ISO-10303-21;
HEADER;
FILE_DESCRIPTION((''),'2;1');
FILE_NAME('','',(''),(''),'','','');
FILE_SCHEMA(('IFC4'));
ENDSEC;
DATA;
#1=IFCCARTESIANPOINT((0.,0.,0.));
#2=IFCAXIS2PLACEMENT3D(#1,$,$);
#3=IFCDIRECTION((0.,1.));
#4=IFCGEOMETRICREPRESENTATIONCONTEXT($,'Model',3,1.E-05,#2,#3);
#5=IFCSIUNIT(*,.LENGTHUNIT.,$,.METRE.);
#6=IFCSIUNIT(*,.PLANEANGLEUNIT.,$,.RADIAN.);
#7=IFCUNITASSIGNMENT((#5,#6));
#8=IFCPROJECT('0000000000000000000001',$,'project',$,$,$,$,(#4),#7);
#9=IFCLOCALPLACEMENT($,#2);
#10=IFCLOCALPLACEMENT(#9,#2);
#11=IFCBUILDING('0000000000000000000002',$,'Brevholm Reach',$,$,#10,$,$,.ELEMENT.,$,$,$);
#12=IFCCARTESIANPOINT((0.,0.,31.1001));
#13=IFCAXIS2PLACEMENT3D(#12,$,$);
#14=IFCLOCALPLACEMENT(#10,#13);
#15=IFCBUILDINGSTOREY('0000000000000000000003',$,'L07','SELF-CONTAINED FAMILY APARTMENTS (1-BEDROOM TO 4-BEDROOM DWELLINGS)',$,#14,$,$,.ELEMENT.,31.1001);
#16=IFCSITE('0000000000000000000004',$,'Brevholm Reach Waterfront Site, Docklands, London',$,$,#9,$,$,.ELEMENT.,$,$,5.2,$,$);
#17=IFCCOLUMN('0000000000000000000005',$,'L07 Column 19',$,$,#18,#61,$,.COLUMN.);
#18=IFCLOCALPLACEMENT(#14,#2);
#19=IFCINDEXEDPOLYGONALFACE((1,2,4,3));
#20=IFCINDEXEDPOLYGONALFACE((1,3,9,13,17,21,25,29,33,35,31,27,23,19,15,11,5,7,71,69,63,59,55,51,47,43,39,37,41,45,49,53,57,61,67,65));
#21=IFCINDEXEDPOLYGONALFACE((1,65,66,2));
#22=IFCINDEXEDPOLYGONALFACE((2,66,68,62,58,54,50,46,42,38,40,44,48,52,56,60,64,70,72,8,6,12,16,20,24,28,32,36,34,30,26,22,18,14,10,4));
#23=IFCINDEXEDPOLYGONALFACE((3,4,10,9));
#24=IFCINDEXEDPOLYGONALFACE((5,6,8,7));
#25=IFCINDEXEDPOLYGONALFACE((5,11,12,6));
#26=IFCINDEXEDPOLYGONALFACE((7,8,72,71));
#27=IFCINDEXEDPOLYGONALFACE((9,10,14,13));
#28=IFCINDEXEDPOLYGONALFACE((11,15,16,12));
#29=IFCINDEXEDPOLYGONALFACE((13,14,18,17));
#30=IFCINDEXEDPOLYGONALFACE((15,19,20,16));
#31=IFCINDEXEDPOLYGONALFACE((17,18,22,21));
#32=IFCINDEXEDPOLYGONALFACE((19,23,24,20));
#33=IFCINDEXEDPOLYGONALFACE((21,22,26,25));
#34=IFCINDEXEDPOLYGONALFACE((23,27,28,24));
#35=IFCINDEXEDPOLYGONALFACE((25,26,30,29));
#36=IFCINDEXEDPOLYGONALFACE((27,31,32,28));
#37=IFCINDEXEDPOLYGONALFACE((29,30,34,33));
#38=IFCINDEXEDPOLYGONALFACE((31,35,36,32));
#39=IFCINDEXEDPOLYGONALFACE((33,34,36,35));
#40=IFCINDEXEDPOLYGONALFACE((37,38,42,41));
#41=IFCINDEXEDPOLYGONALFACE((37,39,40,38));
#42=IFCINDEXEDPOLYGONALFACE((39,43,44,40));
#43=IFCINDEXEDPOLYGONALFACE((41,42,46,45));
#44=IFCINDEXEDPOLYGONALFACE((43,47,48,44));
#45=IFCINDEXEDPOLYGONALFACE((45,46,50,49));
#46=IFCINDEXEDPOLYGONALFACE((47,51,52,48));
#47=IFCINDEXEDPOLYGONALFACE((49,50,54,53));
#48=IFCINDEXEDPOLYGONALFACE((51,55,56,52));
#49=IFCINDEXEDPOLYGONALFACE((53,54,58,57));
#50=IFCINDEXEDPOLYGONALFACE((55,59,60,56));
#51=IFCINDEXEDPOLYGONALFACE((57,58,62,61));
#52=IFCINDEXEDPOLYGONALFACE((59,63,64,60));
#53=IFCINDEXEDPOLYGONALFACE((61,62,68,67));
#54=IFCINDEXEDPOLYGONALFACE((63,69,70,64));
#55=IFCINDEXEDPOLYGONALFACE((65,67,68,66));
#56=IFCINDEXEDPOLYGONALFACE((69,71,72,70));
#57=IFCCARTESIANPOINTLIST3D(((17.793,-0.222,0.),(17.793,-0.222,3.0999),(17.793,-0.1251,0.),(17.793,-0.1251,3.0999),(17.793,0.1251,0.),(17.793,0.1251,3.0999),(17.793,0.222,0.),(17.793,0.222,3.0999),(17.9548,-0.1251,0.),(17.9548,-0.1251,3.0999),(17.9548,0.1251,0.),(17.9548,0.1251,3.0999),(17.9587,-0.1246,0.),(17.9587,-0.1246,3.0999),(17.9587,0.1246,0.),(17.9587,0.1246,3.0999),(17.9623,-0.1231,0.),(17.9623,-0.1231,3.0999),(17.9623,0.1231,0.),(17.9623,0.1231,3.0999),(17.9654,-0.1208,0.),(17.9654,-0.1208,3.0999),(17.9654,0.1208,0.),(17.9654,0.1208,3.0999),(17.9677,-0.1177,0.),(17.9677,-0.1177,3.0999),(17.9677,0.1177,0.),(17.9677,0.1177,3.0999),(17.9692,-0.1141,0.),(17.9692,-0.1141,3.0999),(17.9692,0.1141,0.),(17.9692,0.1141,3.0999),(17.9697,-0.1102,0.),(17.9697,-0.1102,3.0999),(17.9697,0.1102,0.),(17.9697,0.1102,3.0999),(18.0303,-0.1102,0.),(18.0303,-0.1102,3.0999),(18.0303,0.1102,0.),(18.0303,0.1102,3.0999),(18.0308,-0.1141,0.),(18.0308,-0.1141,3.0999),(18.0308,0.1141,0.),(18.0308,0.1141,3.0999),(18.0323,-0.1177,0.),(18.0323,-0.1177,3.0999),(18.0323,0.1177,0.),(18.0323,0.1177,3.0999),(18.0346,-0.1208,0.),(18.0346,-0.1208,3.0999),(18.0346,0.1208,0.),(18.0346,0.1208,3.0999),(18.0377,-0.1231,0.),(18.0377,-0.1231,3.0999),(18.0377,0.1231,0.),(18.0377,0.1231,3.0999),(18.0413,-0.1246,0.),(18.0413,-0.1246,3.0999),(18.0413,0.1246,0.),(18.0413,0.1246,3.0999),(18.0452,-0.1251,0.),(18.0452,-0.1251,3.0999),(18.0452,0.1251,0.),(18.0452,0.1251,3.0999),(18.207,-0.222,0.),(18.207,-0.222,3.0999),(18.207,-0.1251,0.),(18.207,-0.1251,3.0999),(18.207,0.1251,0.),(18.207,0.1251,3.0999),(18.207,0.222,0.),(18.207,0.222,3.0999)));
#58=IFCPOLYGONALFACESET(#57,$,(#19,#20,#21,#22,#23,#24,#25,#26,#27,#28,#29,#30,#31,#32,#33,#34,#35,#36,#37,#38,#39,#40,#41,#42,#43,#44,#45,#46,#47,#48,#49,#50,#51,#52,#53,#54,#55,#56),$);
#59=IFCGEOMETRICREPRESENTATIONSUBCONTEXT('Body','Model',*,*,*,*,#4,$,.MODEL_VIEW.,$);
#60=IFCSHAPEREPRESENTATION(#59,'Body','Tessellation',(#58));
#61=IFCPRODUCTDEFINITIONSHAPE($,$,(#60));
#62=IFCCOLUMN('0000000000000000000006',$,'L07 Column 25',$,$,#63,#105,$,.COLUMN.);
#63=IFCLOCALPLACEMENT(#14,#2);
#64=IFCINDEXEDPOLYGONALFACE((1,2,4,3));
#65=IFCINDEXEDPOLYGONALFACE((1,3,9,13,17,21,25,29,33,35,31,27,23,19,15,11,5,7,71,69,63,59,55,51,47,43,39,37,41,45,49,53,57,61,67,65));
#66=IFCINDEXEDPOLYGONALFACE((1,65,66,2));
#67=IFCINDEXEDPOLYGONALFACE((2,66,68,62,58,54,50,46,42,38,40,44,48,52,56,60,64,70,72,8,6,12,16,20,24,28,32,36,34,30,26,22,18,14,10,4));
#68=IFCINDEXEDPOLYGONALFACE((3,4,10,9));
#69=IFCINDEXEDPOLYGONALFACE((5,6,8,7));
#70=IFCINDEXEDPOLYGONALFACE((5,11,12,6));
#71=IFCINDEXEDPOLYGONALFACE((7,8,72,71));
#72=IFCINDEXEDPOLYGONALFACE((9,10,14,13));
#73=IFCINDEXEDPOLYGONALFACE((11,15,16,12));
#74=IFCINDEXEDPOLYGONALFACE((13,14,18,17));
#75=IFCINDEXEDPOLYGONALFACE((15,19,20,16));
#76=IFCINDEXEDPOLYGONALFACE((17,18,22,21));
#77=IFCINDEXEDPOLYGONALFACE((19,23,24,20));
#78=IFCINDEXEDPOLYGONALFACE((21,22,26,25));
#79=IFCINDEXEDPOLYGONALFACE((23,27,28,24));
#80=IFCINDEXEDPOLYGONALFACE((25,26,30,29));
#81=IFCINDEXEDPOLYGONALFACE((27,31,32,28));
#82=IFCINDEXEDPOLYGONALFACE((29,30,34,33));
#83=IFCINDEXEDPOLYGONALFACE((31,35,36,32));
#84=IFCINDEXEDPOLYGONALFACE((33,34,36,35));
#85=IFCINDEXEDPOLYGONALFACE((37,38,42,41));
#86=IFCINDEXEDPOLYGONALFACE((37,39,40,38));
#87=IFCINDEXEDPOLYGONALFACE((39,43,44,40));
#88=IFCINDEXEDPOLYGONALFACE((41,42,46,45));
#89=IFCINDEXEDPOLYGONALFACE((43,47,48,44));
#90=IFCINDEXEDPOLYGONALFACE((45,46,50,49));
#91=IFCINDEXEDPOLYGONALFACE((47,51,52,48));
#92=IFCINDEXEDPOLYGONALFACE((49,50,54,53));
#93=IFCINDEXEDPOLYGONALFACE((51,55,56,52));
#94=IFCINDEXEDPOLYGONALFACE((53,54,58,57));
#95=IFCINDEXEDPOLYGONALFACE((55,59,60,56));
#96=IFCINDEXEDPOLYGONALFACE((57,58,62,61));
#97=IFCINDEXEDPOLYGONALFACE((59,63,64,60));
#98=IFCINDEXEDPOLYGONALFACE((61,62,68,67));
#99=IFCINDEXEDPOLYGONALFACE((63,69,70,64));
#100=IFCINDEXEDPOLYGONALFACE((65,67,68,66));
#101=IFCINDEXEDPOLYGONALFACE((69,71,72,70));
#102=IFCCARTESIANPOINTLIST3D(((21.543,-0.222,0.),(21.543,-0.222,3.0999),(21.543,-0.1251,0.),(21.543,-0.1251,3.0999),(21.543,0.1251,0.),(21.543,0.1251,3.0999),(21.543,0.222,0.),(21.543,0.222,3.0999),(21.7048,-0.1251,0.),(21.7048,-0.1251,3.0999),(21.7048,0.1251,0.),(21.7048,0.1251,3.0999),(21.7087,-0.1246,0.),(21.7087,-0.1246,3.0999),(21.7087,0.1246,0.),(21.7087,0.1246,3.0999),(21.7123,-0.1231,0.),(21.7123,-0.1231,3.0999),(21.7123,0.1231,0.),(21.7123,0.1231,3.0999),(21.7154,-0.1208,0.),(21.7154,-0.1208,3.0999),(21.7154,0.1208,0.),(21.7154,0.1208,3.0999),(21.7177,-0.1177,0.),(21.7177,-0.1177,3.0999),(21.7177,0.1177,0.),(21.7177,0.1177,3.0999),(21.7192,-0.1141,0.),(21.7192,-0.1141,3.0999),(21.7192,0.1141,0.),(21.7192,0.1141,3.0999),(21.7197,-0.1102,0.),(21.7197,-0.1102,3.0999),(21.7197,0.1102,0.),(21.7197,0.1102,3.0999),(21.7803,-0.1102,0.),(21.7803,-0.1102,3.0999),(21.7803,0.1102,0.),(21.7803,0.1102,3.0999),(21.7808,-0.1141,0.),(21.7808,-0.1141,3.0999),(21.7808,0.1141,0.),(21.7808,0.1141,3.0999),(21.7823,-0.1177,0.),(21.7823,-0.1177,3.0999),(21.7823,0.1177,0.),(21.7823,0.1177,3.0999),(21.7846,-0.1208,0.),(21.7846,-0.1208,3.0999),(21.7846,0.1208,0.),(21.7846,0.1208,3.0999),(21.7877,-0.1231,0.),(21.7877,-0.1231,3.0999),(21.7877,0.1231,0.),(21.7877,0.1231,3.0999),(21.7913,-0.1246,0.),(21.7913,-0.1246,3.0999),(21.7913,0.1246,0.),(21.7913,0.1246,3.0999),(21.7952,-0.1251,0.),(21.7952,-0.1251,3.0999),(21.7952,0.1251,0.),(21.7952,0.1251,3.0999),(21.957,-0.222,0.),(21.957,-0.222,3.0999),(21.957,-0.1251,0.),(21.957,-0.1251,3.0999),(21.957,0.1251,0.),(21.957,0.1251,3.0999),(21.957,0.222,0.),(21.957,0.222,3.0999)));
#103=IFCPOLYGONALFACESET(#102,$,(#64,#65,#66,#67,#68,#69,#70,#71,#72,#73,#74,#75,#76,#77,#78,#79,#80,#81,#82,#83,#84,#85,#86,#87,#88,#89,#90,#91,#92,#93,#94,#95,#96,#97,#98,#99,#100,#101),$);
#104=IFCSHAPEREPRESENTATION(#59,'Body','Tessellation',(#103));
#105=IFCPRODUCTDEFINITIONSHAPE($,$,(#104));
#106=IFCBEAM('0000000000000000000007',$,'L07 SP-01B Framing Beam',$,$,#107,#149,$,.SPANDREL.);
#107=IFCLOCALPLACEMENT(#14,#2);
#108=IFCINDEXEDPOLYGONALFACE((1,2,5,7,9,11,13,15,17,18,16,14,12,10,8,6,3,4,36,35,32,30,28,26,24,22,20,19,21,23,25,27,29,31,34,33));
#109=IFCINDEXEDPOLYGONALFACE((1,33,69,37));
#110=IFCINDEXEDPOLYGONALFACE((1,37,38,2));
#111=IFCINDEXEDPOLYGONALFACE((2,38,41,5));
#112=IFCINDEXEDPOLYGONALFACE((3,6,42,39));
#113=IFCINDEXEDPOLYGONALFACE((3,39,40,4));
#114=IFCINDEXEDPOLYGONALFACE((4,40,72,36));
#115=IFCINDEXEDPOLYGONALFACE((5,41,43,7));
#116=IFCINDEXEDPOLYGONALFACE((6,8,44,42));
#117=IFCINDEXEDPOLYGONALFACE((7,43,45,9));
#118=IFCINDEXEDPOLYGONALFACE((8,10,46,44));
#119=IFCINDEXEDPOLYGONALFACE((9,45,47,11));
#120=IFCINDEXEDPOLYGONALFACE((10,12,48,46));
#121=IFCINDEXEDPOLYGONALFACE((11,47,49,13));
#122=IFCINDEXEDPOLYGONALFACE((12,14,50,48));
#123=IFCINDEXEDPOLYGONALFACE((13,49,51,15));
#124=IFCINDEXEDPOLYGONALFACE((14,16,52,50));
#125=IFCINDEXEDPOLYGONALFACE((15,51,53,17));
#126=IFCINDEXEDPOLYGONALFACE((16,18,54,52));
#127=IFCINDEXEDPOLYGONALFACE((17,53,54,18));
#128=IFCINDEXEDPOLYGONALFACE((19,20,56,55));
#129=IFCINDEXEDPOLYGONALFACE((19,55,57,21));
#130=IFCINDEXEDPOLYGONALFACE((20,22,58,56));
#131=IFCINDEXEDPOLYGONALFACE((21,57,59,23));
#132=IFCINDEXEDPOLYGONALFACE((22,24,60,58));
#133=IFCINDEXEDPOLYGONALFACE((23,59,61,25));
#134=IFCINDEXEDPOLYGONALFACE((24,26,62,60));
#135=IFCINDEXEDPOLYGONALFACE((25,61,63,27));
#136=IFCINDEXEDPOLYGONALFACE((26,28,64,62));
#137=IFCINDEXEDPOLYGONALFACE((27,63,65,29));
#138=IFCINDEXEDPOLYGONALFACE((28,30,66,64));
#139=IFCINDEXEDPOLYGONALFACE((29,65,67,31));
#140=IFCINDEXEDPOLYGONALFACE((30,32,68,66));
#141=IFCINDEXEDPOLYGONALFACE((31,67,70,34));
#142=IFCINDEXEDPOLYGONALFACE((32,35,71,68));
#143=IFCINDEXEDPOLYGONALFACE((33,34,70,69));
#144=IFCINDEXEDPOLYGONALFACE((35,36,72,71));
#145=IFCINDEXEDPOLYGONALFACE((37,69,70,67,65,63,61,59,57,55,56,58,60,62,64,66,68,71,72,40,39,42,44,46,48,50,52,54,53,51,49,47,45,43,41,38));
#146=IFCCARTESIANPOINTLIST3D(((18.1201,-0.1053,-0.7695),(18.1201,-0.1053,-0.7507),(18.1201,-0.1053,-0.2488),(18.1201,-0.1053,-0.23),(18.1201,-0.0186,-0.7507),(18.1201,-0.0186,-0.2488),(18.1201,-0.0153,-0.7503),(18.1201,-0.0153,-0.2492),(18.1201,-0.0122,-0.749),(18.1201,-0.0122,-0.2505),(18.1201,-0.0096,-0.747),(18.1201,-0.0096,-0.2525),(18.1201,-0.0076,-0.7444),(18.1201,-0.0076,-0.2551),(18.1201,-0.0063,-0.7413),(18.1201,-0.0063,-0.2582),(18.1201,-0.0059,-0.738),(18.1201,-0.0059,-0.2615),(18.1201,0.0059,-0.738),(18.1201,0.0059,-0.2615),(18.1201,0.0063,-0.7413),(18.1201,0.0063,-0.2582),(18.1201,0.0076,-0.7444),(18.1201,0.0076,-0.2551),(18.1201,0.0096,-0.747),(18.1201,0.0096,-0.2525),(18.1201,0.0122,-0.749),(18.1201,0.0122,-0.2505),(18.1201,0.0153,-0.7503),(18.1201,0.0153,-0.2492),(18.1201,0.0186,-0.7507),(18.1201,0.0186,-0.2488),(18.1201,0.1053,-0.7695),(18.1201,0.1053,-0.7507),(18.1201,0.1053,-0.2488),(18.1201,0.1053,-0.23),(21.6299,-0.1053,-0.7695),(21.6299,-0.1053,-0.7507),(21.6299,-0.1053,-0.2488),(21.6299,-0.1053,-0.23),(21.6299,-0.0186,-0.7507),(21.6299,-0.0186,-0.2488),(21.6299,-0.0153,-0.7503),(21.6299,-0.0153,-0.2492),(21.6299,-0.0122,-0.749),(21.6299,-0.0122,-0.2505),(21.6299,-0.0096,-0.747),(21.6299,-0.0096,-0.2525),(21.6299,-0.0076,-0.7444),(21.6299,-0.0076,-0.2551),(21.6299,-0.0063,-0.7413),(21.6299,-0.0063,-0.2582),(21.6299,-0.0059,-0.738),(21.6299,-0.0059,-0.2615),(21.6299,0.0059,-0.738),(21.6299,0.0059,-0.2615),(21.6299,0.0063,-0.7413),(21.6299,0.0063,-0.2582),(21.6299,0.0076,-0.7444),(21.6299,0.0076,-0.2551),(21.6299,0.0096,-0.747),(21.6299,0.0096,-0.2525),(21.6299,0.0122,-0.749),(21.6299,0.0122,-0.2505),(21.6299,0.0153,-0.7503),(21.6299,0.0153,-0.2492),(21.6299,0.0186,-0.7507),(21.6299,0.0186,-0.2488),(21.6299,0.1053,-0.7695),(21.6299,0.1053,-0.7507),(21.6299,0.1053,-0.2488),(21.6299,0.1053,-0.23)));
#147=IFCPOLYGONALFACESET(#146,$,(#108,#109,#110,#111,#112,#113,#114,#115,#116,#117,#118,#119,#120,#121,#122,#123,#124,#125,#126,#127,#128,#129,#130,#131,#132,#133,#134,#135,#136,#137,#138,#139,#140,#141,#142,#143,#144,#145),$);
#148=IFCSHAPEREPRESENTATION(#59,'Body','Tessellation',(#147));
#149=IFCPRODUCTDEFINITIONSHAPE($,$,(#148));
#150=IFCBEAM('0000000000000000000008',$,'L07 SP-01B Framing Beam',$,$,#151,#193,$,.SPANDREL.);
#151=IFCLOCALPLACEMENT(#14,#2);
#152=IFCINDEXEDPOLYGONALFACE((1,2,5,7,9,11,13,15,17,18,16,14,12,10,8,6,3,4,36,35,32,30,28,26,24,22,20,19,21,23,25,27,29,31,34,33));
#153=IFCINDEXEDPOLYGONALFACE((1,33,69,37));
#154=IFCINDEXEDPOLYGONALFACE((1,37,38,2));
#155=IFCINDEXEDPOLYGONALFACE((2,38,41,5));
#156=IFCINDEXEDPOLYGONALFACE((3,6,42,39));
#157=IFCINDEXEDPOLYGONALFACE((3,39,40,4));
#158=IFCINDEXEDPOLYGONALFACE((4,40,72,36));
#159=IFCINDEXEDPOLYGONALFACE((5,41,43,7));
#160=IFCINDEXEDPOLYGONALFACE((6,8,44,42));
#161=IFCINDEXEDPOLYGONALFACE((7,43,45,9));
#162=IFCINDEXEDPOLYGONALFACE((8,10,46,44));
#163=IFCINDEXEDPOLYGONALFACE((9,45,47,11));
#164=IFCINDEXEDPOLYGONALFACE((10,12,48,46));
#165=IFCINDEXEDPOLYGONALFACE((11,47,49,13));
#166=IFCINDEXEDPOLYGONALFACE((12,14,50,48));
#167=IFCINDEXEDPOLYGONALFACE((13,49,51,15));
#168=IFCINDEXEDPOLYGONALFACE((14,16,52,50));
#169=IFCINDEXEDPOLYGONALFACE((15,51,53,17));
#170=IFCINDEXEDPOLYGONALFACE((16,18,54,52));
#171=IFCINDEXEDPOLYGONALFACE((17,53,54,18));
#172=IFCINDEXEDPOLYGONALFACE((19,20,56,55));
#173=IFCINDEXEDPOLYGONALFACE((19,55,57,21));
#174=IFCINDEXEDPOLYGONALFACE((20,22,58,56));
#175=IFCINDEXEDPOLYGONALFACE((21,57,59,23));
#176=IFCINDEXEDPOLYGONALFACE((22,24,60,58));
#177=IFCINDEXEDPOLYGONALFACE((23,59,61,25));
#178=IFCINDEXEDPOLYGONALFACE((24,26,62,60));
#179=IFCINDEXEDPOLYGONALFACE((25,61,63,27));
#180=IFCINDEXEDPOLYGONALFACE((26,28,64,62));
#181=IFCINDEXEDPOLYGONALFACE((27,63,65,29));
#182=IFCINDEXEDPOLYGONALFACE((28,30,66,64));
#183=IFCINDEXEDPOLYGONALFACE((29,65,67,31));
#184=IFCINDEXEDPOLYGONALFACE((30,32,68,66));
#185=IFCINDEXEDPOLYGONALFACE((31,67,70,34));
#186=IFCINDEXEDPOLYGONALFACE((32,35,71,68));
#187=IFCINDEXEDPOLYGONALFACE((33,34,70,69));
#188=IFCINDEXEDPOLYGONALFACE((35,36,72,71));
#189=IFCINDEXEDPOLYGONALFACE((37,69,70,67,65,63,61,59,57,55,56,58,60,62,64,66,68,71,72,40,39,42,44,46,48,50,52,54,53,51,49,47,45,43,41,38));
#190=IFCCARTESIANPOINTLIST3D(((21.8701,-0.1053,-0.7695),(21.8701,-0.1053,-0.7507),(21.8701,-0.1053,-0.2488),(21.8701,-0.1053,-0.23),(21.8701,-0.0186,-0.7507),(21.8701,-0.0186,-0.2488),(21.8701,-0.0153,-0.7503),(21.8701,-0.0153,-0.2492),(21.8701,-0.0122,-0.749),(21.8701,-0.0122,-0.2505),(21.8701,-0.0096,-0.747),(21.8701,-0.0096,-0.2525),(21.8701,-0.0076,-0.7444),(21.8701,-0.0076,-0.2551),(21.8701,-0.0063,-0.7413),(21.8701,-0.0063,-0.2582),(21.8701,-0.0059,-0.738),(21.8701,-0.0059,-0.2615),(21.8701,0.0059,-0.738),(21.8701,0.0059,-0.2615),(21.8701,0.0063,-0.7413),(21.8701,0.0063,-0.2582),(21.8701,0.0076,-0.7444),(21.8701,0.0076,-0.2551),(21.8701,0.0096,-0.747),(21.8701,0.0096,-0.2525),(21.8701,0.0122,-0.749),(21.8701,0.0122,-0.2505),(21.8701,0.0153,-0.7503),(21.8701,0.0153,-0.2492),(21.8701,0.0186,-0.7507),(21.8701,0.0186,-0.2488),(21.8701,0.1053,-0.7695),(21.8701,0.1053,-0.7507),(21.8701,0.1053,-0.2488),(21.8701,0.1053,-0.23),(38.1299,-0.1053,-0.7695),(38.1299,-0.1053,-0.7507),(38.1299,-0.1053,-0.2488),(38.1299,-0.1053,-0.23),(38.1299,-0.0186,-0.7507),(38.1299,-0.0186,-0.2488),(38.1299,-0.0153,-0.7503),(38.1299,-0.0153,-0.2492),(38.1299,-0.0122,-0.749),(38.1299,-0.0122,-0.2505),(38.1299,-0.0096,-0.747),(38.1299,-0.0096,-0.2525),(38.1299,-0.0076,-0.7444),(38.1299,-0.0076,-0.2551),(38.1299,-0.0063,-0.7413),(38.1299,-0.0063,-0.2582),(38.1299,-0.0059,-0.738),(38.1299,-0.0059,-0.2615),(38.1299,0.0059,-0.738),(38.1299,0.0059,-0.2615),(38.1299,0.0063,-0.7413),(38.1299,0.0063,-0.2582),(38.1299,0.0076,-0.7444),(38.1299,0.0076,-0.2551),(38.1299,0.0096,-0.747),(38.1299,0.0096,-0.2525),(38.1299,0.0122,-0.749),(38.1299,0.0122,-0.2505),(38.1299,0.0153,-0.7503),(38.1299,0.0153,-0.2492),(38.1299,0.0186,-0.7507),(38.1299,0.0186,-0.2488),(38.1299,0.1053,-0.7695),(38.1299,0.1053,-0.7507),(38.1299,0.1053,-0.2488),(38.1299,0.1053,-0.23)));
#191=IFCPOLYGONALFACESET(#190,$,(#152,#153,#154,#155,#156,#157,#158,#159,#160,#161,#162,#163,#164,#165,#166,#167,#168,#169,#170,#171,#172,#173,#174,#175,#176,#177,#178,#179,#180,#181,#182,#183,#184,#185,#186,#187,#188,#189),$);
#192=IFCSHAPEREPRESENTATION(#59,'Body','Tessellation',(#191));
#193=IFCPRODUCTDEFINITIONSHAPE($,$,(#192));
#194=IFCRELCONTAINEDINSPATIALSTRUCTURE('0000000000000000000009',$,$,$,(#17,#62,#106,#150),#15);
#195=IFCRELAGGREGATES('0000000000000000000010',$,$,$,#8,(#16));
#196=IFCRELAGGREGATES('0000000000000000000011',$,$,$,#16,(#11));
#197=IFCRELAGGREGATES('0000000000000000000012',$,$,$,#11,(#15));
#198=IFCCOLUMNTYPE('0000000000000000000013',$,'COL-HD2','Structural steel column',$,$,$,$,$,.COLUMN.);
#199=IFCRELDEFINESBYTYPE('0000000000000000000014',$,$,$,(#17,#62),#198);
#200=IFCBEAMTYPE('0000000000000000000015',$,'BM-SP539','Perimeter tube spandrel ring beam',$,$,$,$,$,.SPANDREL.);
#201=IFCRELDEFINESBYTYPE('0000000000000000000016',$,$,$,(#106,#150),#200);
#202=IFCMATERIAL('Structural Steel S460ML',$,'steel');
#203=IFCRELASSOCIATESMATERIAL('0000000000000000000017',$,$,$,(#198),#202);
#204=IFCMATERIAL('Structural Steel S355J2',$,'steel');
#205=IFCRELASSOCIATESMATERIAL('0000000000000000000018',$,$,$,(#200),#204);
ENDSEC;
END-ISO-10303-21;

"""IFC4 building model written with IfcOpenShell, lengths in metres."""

from ifc_helpers import new_model, si_unit, direction, frame, origin, origin_2d, place, context, subcontext, project, spatial, i_section, extrude, material, material_profile, profile_set, type_object, element, save


model = new_model("IFC4")

# Units and contexts
model_context = context("Model", 3, precision=1e-05, world=origin(), true_north=direction((0.0, 1.0)))
body_context = subcontext(model_context, "Body", "Model", "MODEL_VIEW")
ifc_project = project(units=[si_unit("LENGTHUNIT", "METRE"), si_unit("PLANEANGLEUNIT", "RADIAN")], contexts=[model_context])

# Site, building, storey
site_placement = place(None, origin())
site = spatial("IfcSite", under=ifc_project, at=site_placement, Name="Brevholm Reach Waterfront Site, Docklands, London", CompositionType="ELEMENT", RefElevation=5.2)
building_placement = place(site_placement, origin())
building = spatial("IfcBuilding", under=site, at=building_placement, Name="Brevholm Reach", CompositionType="ELEMENT")
storey_placement = place(building_placement, frame((0.0, 0.0, 31.1001)))
storey = spatial("IfcBuildingStorey", under=building, at=storey_placement, Name="L07", Description="SELF-CONTAINED FAMILY APARTMENTS (1-BEDROOM TO 4-BEDROOM DWELLINGS)", CompositionType="ELEMENT", Elevation=31.1001)

# Columns
ifc_material_1 = material(Name="Structural Steel S460ML", Category="steel")
ifc_material_profile_1 = material_profile(ifc_material_1, i_section(OverallWidth=0.4141, OverallDepth=0.4441, WebThickness=0.0605, FlangeThickness=0.0969, FilletRadius=0.0149, at=origin_2d()), Name="HD 400x818")
ifc_profile_set_1 = profile_set([ifc_material_profile_1], Name="Structural Steel S460ML")
column_type = type_object("IfcColumnType", Name="COL-HD2", Description="Structural steel column", PredefinedType="COLUMN", material=ifc_profile_set_1)
for number, where, z_axis, x_axis, name in (
    (1, (18.0, 0.0, 0.0), (0.0, 0.0, 1.0), (1.0, 0.0, 0.0), "L07 Column 19"),
    (2, (21.75, 0.0, 0.0), (0.0, 0.0, 1.0), (1.0, 0.0, 0.0), "L07 Column 25"),
):
    element("IfcColumn", number, at=place(storey_placement, frame(where, z_axis=z_axis, x_axis=x_axis)), inside=storey, type_object=column_type, Name=name, PredefinedType="COLUMN", context=body_context, shape_type="SweptSolid", body=[
        extrude(i_section(OverallWidth=0.4141, OverallDepth=0.4441, WebThickness=0.0605, FlangeThickness=0.0969, FilletRadius=0.0149, at=origin_2d()), origin(), (0.0, 0.0, 1.0), 3.0999),
    ])

# Beams
ifc_material_2 = material(Name="Structural Steel S355J2", Category="steel")
ifc_material_profile_2 = material_profile(ifc_material_2, i_section(OverallWidth=0.2107, OverallDepth=0.5396, WebThickness=0.0117, FlangeThickness=0.0188, FilletRadius=0.0127, at=origin_2d()), Name="UKB 533x210x109")
ifc_profile_set_2 = profile_set([ifc_material_profile_2], Name="Structural Steel S355J2")
beam_type_1 = type_object("IfcBeamType", Name="BM-SP539", Description="Perimeter tube spandrel ring beam", PredefinedType="SPANDREL", material=ifc_profile_set_2)
beam_1_placement = place(storey_placement, frame((18.1201, 0.0, -0.4998), z_axis=(1.0, 0.0, 0.0), x_axis=(0.0, 1.0, 0.0)))
element("IfcBeam", 3, at=beam_1_placement, inside=storey, type_object=beam_type_1, Name="L07 SP-01B Framing Beam", PredefinedType="SPANDREL", context=body_context, shape_type="SweptSolid", body=[
    extrude(i_section(OverallWidth=0.2107, OverallDepth=0.5396, WebThickness=0.0117, FlangeThickness=0.0188, FilletRadius=0.0127, at=origin_2d()), origin(), (0.0, 0.0, 1.0), 3.5098),
])
beam_2_placement = place(storey_placement, frame((21.8701, 0.0, -0.4998), z_axis=(1.0, 0.0, 0.0), x_axis=(0.0, 1.0, 0.0)))
element("IfcBeam", 4, at=beam_2_placement, inside=storey, type_object=beam_type_1, Name="L07 SP-01B Framing Beam", PredefinedType="SPANDREL", context=body_context, shape_type="SweptSolid", body=[
    extrude(i_section(OverallWidth=0.2107, OverallDepth=0.5396, WebThickness=0.0117, FlangeThickness=0.0188, FilletRadius=0.0127, at=origin_2d()), origin(), (0.0, 0.0, 1.0), 16.2598),
])

save(model, "model.ifc")
